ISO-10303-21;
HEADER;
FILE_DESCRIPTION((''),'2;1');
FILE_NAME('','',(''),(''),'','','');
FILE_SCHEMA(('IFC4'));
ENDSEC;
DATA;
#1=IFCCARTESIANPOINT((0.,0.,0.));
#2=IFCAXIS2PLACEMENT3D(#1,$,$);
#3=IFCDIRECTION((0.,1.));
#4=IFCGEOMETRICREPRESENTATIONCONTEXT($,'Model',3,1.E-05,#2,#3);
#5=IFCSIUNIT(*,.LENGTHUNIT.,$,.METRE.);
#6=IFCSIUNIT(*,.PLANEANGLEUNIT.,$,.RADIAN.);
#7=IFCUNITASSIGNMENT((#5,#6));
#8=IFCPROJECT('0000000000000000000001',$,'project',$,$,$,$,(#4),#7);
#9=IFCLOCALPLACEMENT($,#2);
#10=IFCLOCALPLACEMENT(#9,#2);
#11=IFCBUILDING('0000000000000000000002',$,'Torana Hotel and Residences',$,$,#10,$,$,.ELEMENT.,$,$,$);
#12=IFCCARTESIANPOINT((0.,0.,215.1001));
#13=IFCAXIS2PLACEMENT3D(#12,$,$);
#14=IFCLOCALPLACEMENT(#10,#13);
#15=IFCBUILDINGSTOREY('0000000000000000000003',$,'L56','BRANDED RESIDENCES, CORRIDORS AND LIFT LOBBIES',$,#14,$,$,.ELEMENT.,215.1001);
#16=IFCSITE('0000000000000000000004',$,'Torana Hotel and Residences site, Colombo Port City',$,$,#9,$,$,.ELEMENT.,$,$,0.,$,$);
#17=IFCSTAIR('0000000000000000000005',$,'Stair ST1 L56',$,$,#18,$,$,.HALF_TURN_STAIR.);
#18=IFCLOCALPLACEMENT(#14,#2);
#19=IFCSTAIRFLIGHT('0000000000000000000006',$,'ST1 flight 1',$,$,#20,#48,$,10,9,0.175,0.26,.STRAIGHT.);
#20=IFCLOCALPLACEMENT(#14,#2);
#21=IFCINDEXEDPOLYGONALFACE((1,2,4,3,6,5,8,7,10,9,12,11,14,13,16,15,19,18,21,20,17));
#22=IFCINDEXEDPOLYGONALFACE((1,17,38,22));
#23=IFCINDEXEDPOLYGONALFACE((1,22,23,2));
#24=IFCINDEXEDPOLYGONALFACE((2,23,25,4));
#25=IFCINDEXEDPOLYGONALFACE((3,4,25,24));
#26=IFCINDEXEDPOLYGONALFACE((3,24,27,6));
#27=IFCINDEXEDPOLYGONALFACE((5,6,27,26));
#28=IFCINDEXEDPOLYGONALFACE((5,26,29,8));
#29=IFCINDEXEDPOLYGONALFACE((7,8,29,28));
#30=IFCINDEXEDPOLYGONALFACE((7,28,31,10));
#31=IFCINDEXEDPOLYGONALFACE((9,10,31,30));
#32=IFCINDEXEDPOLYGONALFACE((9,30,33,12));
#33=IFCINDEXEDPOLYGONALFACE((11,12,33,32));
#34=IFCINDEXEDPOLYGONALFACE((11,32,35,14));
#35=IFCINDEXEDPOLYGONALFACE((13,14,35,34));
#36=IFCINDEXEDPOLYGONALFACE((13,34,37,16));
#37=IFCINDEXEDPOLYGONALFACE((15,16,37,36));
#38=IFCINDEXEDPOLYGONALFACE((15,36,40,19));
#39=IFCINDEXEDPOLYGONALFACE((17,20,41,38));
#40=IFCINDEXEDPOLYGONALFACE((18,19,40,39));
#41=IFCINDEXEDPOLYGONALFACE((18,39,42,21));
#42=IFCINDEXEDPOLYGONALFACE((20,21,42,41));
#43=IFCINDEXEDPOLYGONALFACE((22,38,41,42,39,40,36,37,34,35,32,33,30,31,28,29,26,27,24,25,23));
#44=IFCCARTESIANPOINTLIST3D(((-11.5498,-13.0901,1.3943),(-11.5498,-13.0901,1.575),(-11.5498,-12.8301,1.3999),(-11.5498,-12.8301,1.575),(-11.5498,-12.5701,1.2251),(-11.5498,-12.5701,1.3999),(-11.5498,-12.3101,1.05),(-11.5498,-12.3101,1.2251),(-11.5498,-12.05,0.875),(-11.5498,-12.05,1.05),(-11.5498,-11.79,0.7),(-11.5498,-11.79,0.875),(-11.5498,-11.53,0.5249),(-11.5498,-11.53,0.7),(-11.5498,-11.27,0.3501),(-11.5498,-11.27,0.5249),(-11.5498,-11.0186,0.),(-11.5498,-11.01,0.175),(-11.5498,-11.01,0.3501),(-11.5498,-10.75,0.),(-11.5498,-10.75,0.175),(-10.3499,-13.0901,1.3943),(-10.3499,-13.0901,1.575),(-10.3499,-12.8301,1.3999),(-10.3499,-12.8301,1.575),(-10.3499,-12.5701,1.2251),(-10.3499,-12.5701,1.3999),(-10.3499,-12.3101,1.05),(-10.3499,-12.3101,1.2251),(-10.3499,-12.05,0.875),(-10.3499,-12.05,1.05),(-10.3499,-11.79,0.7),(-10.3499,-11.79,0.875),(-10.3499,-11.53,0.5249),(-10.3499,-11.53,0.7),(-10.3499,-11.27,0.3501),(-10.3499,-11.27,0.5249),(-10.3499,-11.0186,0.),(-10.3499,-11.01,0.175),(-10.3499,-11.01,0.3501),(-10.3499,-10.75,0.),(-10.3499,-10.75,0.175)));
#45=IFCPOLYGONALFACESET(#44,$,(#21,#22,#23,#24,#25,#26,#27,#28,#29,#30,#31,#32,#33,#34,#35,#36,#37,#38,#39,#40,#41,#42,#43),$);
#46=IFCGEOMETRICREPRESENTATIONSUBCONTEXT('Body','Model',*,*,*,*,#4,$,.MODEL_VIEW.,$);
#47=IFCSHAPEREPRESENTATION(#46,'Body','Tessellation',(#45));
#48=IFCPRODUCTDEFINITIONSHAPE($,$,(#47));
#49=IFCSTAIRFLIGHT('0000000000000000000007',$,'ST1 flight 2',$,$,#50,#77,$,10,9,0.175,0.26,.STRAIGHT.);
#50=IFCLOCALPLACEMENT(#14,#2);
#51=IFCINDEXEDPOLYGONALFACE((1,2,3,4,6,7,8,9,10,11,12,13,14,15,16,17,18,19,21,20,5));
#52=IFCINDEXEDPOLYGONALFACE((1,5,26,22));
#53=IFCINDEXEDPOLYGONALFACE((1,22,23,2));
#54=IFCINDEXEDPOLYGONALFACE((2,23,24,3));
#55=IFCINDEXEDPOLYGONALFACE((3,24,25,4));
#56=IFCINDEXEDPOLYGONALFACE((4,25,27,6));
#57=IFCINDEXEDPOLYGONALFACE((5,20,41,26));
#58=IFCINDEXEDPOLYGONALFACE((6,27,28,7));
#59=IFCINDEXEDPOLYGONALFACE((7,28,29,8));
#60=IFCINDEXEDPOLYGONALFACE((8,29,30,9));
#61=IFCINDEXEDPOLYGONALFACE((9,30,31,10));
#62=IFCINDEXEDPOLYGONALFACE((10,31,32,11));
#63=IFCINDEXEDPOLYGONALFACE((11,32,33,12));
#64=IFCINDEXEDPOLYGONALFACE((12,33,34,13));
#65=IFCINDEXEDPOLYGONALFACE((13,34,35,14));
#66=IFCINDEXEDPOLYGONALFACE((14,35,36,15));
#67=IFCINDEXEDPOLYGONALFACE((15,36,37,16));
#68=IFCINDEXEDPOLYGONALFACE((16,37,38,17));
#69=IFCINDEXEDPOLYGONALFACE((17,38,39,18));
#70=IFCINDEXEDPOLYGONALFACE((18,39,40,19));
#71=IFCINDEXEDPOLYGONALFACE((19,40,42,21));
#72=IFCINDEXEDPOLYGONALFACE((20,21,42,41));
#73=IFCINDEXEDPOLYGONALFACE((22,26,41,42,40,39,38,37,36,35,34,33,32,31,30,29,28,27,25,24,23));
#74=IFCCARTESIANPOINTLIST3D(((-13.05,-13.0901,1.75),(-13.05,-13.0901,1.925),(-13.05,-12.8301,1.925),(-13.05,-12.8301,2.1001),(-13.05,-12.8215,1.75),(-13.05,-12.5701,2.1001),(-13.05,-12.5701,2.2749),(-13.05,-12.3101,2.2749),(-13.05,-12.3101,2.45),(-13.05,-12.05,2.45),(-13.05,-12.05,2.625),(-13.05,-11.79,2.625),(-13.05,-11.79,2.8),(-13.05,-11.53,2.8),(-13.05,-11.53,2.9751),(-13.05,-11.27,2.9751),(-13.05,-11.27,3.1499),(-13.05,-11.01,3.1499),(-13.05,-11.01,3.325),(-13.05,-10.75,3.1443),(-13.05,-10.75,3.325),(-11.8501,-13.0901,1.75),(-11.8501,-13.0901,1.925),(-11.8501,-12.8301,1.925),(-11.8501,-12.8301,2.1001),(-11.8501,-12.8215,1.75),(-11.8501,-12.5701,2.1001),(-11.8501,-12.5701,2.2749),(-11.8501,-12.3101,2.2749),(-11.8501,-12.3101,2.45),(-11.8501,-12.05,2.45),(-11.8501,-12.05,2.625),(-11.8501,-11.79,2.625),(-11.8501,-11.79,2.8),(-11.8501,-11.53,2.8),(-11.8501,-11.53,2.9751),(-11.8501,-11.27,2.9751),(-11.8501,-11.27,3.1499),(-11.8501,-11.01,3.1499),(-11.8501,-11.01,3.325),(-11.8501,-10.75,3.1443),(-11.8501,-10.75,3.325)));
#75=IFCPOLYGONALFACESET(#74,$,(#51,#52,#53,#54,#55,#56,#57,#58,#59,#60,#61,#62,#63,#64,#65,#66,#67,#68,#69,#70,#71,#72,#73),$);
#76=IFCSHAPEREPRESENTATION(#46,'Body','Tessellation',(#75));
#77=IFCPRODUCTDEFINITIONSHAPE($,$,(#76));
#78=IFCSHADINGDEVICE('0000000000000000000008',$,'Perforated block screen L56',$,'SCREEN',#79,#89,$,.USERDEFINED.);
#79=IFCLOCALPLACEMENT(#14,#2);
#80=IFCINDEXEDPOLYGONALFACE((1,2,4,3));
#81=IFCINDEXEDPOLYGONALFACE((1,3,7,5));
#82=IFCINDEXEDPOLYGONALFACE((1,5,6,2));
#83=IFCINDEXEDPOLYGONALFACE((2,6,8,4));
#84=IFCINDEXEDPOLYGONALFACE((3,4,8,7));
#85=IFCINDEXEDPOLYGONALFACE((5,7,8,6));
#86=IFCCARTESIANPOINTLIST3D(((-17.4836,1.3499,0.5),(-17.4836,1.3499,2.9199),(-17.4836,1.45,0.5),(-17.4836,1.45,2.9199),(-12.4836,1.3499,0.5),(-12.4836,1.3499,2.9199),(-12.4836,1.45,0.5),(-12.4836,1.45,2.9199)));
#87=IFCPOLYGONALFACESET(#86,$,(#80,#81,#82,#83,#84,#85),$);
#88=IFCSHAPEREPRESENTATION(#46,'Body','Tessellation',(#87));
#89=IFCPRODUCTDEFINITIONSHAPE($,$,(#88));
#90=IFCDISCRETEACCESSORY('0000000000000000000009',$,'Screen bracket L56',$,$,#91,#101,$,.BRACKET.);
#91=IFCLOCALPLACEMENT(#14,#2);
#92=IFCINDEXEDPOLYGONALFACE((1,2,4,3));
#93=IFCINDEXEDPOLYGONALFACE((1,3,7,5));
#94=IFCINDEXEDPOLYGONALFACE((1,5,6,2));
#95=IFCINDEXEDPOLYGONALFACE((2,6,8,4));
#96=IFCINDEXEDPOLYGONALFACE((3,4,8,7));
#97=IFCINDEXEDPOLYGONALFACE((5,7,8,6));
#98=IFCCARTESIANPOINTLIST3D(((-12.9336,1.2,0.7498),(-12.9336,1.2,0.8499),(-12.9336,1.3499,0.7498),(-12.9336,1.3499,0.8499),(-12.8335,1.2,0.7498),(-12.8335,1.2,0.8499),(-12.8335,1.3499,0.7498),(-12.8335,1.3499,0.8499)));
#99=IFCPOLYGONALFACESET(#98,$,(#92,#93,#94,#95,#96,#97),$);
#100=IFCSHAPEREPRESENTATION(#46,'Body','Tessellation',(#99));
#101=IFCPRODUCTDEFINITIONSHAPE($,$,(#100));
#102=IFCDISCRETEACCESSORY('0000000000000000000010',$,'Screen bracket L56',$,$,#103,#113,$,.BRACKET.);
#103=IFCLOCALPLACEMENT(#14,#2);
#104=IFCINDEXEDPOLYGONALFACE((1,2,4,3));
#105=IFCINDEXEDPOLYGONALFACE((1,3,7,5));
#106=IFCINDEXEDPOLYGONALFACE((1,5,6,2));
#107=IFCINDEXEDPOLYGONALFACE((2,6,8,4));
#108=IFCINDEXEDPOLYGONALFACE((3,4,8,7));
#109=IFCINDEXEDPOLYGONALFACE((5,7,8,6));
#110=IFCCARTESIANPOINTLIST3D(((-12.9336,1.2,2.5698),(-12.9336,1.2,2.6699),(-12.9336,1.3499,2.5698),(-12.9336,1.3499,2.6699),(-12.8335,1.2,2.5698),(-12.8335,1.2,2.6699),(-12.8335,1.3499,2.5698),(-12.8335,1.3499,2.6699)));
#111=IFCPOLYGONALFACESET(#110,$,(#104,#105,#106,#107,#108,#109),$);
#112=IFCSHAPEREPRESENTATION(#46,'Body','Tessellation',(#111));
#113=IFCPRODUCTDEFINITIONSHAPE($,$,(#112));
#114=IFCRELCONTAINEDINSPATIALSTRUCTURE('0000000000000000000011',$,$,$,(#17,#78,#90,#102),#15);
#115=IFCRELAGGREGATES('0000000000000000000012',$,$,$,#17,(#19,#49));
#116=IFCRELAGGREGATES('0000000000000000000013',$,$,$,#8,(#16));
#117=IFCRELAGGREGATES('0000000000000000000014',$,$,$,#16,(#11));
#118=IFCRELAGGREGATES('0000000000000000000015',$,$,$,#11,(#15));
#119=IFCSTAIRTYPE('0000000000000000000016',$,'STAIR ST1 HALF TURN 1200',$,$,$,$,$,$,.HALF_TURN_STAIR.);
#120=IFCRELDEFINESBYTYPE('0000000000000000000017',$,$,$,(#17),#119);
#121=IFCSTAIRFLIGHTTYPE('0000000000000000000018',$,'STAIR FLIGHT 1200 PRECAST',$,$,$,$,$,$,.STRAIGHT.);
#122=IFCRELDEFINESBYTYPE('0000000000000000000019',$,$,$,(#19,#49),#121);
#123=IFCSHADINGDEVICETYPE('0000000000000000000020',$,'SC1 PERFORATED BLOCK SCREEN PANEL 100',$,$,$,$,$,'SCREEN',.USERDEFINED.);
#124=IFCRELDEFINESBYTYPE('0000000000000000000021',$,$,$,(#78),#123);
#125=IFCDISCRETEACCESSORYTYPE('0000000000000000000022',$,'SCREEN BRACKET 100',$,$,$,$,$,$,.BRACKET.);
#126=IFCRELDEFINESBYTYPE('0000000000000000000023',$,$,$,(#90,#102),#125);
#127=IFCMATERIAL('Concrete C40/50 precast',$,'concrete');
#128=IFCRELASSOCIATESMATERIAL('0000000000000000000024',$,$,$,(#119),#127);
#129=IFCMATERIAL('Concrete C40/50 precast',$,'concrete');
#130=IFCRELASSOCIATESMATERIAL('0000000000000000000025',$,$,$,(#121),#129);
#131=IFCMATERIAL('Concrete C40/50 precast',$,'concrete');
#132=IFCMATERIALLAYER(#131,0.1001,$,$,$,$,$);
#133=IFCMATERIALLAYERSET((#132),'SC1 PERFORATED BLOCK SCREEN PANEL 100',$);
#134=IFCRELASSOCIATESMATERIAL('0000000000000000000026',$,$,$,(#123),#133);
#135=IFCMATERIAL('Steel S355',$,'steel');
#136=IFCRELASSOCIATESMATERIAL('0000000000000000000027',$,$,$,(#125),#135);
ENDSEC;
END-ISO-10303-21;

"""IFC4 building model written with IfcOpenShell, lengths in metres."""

from ifc_helpers import new_model, si_unit, direction, frame, origin, origin_2d, place, context, subcontext, project, spatial, polyline, rectangle, outline, extrude, material, layer, layer_set, type_object, element, aggregate, save


model = new_model("IFC4")

# Units and contexts
model_context = context("Model", 3, precision=1e-05, world=origin(), true_north=direction((0.0, 1.0)))
body_context = subcontext(model_context, "Body", "Model", "MODEL_VIEW")
ifc_project = project(units=[si_unit("LENGTHUNIT", "METRE"), si_unit("PLANEANGLEUNIT", "RADIAN")], contexts=[model_context])

# Site, building, storey
site_placement = place(None, origin())
site = spatial("IfcSite", under=ifc_project, at=site_placement, Name="Torana Hotel and Residences site, Colombo Port City", CompositionType="ELEMENT", RefElevation=0.0)
building_placement = place(site_placement, origin())
building = spatial("IfcBuilding", under=site, at=building_placement, Name="Torana Hotel and Residences", CompositionType="ELEMENT")
storey_placement = place(building_placement, frame((0.0, 0.0, 215.1001)))
storey = spatial("IfcBuildingStorey", under=building, at=storey_placement, Name="L56", Description="BRANDED RESIDENCES, CORRIDORS AND LIFT LOBBIES", CompositionType="ELEMENT", Elevation=215.1001)

# Stair, stair flights
ifc_material_1 = material(Name="Concrete C40/50 precast", Category="concrete")
stair_type = type_object("IfcStairType", Name="STAIR ST1 HALF TURN 1200", PredefinedType="HALF_TURN_STAIR", material=ifc_material_1)
stair_placement = place(storey_placement, origin())
stair = element("IfcStair", 1, at=stair_placement, inside=storey, type_object=stair_type, Name="Stair ST1 L56", PredefinedType="HALF_TURN_STAIR")
ifc_material_2 = material(Name="Concrete C40/50 precast", Category="concrete")
stair_flight_type = type_object("IfcStairFlightType", Name="STAIR FLIGHT 1200 PRECAST", PredefinedType="STRAIGHT", material=ifc_material_2)
stair_flight_1_placement = place(storey_placement, frame((-10.95, -10.75, 0.0), z_axis=(0.0, 0.0, 1.0), x_axis=(0.0, -1.0, 0.0)))
stair_flight_1 = element("IfcStairFlight", 2, at=stair_flight_1_placement, type_object=stair_flight_type, Name="ST1 flight 1", NumberOfRisers=10, NumberOfTreads=9, PredefinedType="STRAIGHT", RiserHeight=0.175, TreadLength=0.26, context=body_context, shape_type="SweptSolid", body=[
    extrude(outline(polyline([(0.0, 0.0), (0.0, 0.175), (0.26, 0.175), (0.26, 0.3501), (0.52, 0.3501), (0.52, 0.5249), (0.78, 0.5249), (0.78, 0.7), (1.04, 0.7), (1.04, 0.875), (1.3, 0.875), (1.3, 1.05), (1.5601, 1.05), (1.5601, 1.2251), (1.8201, 1.2251), (1.8201, 1.3999), (2.0801, 1.3999), (2.0801, 1.575), (2.3401, 1.575), (2.3401, 1.75), (2.3401, 1.3943), (0.2686, 0.0), (0.0, 0.0)])), frame((0.0, 0.6001, 0.0), z_axis=(0.0, -1.0, 0.0), x_axis=(1.0, 0.0, 0.0)), (0.0, 0.0, 1.0), 1.2),
])
stair_flight_2_placement = place(storey_placement, frame((-12.45, -13.0901, 1.75), z_axis=(0.0, 0.0, 1.0), x_axis=(0.0, 1.0, 0.0)))
stair_flight_2 = element("IfcStairFlight", 3, at=stair_flight_2_placement, type_object=stair_flight_type, Name="ST1 flight 2", NumberOfRisers=10, NumberOfTreads=9, PredefinedType="STRAIGHT", RiserHeight=0.175, TreadLength=0.26, context=body_context, shape_type="SweptSolid", body=[
    extrude(outline(polyline([(0.0, 0.0), (0.0, 0.175), (0.26, 0.175), (0.26, 0.3501), (0.52, 0.3501), (0.52, 0.5249), (0.78, 0.5249), (0.78, 0.7), (1.04, 0.7), (1.04, 0.875), (1.3, 0.875), (1.3, 1.05), (1.5601, 1.05), (1.5601, 1.2251), (1.8201, 1.2251), (1.8201, 1.3999), (2.0801, 1.3999), (2.0801, 1.575), (2.3401, 1.575), (2.3401, 1.75), (2.3401, 1.3943), (0.2686, 0.0), (0.0, 0.0)])), frame((0.0, 0.6001, 0.0), z_axis=(0.0, -1.0, 0.0), x_axis=(1.0, 0.0, 0.0)), (0.0, 0.0, 1.0), 1.2),
])
aggregate(stair, [stair_flight_1, stair_flight_2])

# Shading device
ifc_material_3 = material(Name="Concrete C40/50 precast", Category="concrete")
ifc_layer_1 = layer(ifc_material_3, 0.1001)
ifc_layer_set_1 = layer_set([ifc_layer_1], Name="SC1 PERFORATED BLOCK SCREEN PANEL 100")
shading_device_type = type_object("IfcShadingDeviceType", Name="SC1 PERFORATED BLOCK SCREEN PANEL 100", ElementType="SCREEN", PredefinedType="USERDEFINED", material=ifc_layer_set_1)
shading_device_placement = place(storey_placement, frame((-14.9836, 1.3999, 0.5), z_axis=(0.0, 0.0, 1.0), x_axis=(-1.0, 0.0, 0.0)))
element("IfcShadingDevice", 4, at=shading_device_placement, inside=storey, type_object=shading_device_type, Name="Perforated block screen L56", ObjectType="SCREEN", PredefinedType="USERDEFINED", context=body_context, shape_type="SweptSolid", body=[
    extrude(rectangle(XDim=5.0, YDim=0.1001, at=origin_2d()), origin(), (0.0, 0.0, 1.0), 2.4199),
])

# Discrete accessories
ifc_material_4 = material(Name="Steel S355", Category="steel")
discrete_accessory_type = type_object("IfcDiscreteAccessoryType", Name="SCREEN BRACKET 100", PredefinedType="BRACKET", material=ifc_material_4)
for number, where, z_axis, x_axis, name in (
    (5, (-12.8835, 1.2749, 0.7498), (0.0, 0.0, 1.0), (-1.0, 0.0, 0.0), "Screen bracket L56"),
    (6, (-12.8835, 1.2749, 2.5698), (0.0, 0.0, 1.0), (-1.0, 0.0, 0.0), "Screen bracket L56"),
):
    element("IfcDiscreteAccessory", number, at=place(storey_placement, frame(where, z_axis=z_axis, x_axis=x_axis)), inside=storey, type_object=discrete_accessory_type, Name=name, PredefinedType="BRACKET", context=body_context, shape_type="SweptSolid", body=[
        extrude(rectangle(XDim=0.1001, YDim=0.1499, at=origin_2d()), origin(), (0.0, 0.0, 1.0), 0.1001),
    ])

save(model, "model.ifc")
